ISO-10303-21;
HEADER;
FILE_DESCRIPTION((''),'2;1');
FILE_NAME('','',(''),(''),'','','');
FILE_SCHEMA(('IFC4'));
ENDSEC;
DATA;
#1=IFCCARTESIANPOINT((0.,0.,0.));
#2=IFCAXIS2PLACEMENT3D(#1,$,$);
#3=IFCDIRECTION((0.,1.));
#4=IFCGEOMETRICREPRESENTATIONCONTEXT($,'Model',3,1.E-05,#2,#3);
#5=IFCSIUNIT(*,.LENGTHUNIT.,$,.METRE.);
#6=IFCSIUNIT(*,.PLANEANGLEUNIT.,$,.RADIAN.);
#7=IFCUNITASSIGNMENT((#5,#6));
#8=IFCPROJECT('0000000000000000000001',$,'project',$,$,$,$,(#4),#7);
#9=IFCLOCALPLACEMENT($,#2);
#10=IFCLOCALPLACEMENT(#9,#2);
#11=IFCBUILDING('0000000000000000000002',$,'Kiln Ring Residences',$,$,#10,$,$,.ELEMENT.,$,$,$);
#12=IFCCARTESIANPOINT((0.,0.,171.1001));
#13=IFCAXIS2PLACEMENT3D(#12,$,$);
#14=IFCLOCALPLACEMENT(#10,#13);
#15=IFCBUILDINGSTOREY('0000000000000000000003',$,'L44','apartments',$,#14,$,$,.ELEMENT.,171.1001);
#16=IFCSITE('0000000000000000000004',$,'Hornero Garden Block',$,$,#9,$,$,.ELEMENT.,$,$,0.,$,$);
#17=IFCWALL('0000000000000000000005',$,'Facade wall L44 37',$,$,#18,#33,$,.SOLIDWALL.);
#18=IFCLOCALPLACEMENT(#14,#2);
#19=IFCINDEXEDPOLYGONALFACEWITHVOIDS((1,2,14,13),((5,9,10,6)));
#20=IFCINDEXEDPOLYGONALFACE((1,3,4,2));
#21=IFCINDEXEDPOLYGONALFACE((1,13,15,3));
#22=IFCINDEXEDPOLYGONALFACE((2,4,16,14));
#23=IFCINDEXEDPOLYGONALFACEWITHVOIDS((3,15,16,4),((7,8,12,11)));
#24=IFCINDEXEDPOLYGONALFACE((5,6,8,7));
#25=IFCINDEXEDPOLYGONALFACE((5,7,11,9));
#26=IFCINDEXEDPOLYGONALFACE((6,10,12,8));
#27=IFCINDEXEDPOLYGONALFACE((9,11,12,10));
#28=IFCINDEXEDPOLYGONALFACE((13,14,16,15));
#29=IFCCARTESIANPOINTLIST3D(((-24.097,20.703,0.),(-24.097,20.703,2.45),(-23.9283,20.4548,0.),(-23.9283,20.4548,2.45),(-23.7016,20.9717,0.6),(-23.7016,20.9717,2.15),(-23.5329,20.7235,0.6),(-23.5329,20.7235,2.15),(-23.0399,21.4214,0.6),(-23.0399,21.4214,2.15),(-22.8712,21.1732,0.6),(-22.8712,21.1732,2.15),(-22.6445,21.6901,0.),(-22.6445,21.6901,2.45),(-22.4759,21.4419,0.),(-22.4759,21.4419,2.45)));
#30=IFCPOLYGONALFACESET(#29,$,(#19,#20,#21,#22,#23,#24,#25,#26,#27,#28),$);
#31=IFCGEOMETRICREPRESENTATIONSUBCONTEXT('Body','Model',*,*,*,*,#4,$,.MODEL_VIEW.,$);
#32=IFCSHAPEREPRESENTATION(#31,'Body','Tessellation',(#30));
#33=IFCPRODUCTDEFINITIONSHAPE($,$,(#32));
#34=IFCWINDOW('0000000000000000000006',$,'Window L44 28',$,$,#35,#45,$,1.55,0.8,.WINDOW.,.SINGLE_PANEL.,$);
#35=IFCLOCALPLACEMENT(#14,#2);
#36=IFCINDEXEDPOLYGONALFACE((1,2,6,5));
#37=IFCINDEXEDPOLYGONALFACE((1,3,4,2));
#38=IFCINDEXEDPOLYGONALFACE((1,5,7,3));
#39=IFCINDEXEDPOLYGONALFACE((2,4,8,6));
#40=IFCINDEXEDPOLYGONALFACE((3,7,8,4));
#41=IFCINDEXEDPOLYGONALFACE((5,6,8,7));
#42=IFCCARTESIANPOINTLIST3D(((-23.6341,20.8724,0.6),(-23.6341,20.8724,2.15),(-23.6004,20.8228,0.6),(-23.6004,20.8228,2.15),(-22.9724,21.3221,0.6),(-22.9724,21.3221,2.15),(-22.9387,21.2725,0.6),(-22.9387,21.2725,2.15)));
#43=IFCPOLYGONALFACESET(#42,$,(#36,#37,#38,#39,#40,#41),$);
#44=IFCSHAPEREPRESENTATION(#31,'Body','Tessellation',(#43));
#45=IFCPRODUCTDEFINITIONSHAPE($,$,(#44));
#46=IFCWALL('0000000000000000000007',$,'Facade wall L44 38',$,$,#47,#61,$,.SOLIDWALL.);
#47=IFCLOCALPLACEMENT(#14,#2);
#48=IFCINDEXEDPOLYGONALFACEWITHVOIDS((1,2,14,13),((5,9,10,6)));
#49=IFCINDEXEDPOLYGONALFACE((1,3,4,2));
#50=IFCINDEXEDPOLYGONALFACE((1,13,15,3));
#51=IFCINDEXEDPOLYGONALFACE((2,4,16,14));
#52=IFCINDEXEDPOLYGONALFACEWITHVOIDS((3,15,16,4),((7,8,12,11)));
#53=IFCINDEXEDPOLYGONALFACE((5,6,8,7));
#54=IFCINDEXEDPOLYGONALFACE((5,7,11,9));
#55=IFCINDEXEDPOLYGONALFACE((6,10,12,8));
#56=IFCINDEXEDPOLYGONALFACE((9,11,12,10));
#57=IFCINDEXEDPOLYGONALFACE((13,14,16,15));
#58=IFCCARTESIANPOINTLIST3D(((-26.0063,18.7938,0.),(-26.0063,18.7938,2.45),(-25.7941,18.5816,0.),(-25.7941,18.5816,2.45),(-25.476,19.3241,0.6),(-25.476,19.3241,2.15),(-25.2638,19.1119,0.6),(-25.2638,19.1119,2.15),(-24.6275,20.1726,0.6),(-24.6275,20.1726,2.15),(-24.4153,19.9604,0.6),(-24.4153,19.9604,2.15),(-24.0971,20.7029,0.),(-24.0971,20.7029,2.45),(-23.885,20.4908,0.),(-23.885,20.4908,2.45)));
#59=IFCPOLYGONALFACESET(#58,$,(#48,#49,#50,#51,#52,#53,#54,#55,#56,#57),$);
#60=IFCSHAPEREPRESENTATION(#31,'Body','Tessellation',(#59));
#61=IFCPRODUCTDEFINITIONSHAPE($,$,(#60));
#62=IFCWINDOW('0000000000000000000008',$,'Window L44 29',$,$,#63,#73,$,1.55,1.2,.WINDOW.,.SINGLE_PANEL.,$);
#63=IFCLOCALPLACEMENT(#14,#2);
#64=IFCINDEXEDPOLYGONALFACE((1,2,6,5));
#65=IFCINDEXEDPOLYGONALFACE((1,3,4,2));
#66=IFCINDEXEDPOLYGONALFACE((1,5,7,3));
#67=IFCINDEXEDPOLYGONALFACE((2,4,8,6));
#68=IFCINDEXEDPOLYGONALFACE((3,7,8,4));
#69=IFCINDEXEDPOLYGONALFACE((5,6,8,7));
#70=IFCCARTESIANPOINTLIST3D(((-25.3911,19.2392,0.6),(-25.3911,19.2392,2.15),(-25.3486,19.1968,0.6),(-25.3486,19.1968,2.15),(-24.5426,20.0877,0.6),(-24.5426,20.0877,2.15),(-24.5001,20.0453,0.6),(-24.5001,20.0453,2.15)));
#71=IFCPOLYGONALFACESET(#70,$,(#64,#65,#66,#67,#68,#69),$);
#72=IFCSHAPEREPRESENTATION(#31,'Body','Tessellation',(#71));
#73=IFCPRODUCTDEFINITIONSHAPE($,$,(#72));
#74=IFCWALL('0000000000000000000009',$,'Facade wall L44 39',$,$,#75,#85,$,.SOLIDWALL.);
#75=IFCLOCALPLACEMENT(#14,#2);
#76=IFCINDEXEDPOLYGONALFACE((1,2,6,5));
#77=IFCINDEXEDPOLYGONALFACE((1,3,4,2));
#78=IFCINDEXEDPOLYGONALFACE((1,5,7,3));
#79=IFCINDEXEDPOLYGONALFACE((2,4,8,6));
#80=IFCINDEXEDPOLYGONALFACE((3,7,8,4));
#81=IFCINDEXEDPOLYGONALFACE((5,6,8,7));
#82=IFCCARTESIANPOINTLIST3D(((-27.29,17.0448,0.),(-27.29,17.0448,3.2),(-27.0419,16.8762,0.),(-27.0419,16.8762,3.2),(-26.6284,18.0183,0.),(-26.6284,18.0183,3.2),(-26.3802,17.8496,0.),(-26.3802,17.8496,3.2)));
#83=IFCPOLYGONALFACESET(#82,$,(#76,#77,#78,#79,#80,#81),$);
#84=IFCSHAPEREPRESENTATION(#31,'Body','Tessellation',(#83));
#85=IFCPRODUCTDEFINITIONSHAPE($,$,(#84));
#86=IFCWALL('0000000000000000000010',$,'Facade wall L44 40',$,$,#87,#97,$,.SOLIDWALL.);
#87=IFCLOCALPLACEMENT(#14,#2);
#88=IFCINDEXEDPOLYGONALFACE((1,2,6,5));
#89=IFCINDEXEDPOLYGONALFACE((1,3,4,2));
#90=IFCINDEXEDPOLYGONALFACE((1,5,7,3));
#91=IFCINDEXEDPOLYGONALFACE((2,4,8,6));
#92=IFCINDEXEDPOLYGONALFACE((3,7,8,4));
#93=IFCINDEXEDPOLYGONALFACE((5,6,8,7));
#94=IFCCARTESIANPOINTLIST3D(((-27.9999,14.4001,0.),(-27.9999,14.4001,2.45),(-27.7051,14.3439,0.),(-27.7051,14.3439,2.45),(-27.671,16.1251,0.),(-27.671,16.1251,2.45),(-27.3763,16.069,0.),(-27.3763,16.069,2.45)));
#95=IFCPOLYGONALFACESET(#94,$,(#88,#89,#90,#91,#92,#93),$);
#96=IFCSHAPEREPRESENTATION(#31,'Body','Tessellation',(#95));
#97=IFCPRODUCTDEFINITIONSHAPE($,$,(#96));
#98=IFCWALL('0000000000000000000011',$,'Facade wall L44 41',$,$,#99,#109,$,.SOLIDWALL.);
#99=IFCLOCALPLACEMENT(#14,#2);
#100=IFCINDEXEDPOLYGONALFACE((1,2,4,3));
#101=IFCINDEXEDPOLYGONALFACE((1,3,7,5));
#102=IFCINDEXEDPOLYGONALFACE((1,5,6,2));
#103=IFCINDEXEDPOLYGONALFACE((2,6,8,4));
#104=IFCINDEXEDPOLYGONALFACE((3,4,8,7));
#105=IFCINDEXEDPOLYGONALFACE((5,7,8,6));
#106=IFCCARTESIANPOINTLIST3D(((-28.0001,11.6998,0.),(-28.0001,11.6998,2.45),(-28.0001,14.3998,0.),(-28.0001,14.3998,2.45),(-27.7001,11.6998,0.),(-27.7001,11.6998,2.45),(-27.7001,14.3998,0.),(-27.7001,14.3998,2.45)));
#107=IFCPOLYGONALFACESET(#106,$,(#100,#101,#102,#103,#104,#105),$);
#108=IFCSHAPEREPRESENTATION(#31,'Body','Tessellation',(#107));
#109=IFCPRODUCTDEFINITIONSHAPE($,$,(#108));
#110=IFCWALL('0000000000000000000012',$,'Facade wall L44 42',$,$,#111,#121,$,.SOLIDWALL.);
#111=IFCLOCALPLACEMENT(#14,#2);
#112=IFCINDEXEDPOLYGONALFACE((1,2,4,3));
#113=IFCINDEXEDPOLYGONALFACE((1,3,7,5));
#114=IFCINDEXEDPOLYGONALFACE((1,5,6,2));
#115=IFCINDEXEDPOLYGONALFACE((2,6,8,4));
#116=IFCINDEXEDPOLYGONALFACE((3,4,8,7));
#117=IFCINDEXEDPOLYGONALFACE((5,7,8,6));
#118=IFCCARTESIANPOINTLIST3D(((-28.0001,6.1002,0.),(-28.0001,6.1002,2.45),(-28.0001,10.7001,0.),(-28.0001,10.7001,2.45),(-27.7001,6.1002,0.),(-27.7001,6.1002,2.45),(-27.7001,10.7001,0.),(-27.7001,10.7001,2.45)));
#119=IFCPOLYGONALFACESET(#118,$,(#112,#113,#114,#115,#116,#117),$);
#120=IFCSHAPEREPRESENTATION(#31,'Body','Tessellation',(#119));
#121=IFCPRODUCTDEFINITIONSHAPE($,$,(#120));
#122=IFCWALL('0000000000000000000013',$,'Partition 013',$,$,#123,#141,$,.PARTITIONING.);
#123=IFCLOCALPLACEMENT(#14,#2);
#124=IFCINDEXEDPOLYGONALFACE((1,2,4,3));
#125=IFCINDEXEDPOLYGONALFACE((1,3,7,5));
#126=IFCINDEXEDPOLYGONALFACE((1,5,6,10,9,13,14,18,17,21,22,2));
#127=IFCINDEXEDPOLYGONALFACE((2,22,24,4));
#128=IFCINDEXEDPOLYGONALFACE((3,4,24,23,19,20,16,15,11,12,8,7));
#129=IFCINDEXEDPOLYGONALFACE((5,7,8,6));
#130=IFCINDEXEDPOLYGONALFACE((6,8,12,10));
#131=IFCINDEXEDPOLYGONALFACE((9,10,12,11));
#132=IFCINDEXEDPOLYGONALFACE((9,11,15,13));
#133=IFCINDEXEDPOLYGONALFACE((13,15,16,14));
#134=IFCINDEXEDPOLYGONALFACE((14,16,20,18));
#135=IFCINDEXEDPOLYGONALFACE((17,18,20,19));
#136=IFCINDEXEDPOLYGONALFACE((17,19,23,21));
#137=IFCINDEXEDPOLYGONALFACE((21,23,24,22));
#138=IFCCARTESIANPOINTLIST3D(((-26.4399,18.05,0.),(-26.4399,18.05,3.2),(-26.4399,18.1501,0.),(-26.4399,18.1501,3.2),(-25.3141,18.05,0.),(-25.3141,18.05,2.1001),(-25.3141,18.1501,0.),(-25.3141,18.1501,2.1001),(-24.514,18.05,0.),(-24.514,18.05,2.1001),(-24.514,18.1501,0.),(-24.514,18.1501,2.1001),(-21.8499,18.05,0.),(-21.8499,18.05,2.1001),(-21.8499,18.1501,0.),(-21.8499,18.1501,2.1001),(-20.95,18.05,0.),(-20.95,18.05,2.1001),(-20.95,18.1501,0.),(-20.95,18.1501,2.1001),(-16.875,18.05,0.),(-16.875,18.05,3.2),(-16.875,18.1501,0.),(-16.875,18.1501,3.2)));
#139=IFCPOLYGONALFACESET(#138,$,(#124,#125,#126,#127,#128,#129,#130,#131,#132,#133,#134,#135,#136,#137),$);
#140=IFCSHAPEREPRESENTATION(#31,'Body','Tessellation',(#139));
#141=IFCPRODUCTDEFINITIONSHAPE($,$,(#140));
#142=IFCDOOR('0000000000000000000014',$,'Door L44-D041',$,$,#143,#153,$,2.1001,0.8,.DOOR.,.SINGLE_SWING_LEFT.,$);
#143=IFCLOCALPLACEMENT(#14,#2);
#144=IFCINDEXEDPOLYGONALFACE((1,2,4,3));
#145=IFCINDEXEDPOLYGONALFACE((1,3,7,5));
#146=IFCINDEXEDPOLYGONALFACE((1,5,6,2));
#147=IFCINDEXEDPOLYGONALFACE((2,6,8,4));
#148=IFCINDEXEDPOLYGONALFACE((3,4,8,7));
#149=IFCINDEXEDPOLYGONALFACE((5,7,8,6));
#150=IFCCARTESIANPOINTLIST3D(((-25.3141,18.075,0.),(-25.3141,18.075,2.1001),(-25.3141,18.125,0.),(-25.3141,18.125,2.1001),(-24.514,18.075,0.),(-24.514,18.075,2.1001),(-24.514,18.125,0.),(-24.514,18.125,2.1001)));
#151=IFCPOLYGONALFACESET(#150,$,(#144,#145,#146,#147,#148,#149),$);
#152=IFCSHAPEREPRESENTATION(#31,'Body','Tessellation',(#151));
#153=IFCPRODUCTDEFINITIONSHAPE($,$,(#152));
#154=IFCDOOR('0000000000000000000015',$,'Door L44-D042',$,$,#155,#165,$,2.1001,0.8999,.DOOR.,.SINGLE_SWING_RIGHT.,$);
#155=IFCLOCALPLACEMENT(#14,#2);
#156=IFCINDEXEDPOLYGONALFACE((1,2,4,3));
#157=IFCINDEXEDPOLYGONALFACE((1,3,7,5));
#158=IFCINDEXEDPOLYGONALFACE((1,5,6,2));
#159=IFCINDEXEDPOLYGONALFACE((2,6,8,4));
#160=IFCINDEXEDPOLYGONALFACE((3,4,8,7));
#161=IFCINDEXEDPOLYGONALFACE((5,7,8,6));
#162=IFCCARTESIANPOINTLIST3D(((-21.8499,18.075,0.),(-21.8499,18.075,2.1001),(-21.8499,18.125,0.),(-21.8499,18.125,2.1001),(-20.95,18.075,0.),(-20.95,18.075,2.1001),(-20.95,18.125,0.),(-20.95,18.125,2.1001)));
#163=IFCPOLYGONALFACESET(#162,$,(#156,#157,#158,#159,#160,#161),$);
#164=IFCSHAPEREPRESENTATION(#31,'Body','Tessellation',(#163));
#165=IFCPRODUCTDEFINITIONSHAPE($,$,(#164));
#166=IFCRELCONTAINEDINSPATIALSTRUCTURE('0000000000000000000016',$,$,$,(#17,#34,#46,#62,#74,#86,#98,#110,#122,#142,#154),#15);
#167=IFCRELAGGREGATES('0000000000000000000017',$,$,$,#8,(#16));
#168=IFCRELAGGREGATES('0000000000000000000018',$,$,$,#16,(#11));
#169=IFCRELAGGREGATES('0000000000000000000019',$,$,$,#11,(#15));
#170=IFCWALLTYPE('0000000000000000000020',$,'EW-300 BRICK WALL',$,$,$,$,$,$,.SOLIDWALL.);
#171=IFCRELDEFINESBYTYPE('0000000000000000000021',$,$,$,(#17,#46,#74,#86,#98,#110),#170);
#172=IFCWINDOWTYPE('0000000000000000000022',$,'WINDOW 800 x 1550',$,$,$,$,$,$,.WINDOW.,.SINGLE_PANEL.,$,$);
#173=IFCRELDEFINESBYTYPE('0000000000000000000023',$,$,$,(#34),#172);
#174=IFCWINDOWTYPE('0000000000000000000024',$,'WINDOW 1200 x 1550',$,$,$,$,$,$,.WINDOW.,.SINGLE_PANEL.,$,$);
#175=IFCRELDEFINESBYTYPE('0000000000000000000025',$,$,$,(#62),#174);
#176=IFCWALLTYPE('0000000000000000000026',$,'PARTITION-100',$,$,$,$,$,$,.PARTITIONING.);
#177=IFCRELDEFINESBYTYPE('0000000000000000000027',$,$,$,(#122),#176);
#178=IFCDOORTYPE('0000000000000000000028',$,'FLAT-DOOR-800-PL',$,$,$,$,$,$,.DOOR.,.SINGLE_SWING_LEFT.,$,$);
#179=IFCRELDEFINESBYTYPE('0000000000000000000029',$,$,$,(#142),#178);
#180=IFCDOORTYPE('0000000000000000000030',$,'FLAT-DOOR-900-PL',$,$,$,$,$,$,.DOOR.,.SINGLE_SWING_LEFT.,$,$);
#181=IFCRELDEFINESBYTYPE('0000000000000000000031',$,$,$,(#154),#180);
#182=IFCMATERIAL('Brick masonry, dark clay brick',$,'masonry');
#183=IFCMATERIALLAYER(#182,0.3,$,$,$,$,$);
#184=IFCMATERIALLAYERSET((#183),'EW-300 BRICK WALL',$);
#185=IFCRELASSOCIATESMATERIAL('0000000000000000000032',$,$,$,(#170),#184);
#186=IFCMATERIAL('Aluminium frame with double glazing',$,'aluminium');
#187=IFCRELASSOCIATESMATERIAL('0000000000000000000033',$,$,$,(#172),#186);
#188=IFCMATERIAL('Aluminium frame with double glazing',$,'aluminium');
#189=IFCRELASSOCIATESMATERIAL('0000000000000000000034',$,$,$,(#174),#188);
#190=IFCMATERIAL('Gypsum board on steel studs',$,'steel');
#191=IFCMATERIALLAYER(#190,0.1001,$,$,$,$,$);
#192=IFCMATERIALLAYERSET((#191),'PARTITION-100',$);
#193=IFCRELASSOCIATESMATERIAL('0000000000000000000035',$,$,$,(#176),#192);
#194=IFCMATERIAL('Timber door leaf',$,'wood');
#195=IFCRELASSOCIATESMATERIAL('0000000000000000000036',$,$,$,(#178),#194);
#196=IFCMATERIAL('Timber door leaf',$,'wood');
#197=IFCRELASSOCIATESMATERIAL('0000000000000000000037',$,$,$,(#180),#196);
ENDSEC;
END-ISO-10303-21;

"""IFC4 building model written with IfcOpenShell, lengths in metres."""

from ifc_helpers import new_model, si_unit, direction, frame, frame_2d, origin, place, context, subcontext, project, spatial, rectangle, extrude, material, layer, layer_set, type_object, element, fill, save


model = new_model("IFC4")

# Units and contexts
model_context = context("Model", 3, precision=1e-05, world=origin(), true_north=direction((0.0, 1.0)))
body_context = subcontext(model_context, "Body", "Model", "MODEL_VIEW")
ifc_project = project(units=[si_unit("LENGTHUNIT", "METRE"), si_unit("PLANEANGLEUNIT", "RADIAN")], contexts=[model_context])

# Site, building, storey
site_placement = place(None, origin())
site = spatial("IfcSite", under=ifc_project, at=site_placement, Name="Hornero Garden Block", CompositionType="ELEMENT", RefElevation=0.0)
building_placement = place(site_placement, origin())
building = spatial("IfcBuilding", under=site, at=building_placement, Name="Kiln Ring Residences", CompositionType="ELEMENT")
storey_placement = place(building_placement, frame((0.0, 0.0, 171.1001)))
storey = spatial("IfcBuildingStorey", under=building, at=storey_placement, Name="L44", Description="apartments", CompositionType="ELEMENT", Elevation=171.1001)

# Walls, openings, windows
ifc_material_1 = material(Name="Brick masonry, dark clay brick", Category="masonry")
ifc_layer_1 = layer(ifc_material_1, 0.3)
ifc_layer_set_1 = layer_set([ifc_layer_1], Name="EW-300 BRICK WALL")
wall_type_1 = type_object("IfcWallType", Name="EW-300 BRICK WALL", PredefinedType="SOLIDWALL", material=ifc_layer_set_1)
ifc_material_2 = material(Name="Aluminium frame with double glazing", Category="aluminium")
window_type_1 = type_object("IfcWindowType", Name="WINDOW 800 x 1550", PartitioningType="SINGLE_PANEL", PredefinedType="WINDOW", material=ifc_material_2)
wall_1_placement = place(storey_placement, frame((-22.5603, 21.5659, 0.0), z_axis=(0.0, 0.0, 1.0), x_axis=(-0.827076, -0.562089, 0.0)))
wall_1 = element("IfcWall", 1, at=wall_1_placement, inside=storey, type_object=wall_type_1, Name="Facade wall L44 37", PredefinedType="SOLIDWALL", context=body_context, shape_type="SweptSolid", body=[
    extrude(rectangle(XDim=1.7561, YDim=0.3, at=frame_2d((0.8779, 0.0))), origin(), (0.0, 0.0, 1.0), 2.45),
])
opening_1_placement = place(wall_1_placement, frame((0.478, 0.0, 0.6001)))
opening_1 = element("IfcOpeningElement", 2, at=opening_1_placement, cuts=wall_1, PredefinedType="OPENING", context=body_context, shape_type="SweptSolid", body=[
    extrude(rectangle(XDim=0.8, YDim=1.55, at=frame_2d((0.3999, 0.7749))), frame((0.0, 0.1599, 0.0), z_axis=(0.0, -1.0, 0.0), x_axis=(1.0, 0.0, 0.0)), (0.0, 0.0, 1.0), 0.3201),
])
window_1_placement = place(opening_1_placement, origin())
window_1 = element("IfcWindow", 3, at=window_1_placement, inside=storey, type_object=window_type_1, Name="Window L44 28", OverallHeight=1.55, OverallWidth=0.8, PartitioningType="SINGLE_PANEL", PredefinedType="WINDOW", context=body_context, shape_type="SweptSolid", body=[
    extrude(rectangle(XDim=0.8, YDim=1.55, at=frame_2d((0.3999, 0.7749))), frame((0.0, 0.03, 0.0), z_axis=(0.0, -1.0, 0.0), x_axis=(1.0, 0.0, 0.0)), (0.0, 0.0, 1.0), 0.0601),
])
fill(opening_1, window_1)
wall_2_placement = place(storey_placement, frame((-23.991, 20.5969, 0.0), z_axis=(0.0, 0.0, 1.0), x_axis=(-0.707107, -0.707107, 0.0)))
wall_2 = element("IfcWall", 4, at=wall_2_placement, inside=storey, type_object=wall_type_1, Name="Facade wall L44 38", PredefinedType="SOLIDWALL", context=body_context, shape_type="SweptSolid", body=[
    extrude(rectangle(XDim=2.7, YDim=0.3, at=frame_2d((1.3501, 0.0))), origin(), (0.0, 0.0, 1.0), 2.45),
])
opening_2_placement = place(wall_2_placement, frame((0.75, 0.0, 0.6001)))
opening_2 = element("IfcOpeningElement", 5, at=opening_2_placement, cuts=wall_2, PredefinedType="OPENING", context=body_context, shape_type="SweptSolid", body=[
    extrude(rectangle(XDim=1.2, YDim=1.55, at=frame_2d((0.6001, 0.7749))), frame((0.0, 0.1599, 0.0), z_axis=(0.0, -1.0, 0.0), x_axis=(1.0, 0.0, 0.0)), (0.0, 0.0, 1.0), 0.3201),
])
ifc_material_3 = material(Name="Aluminium frame with double glazing", Category="aluminium")
window_type_2 = type_object("IfcWindowType", Name="WINDOW 1200 x 1550", PartitioningType="SINGLE_PANEL", PredefinedType="WINDOW", material=ifc_material_3)
window_2_placement = place(opening_2_placement, origin())
window_2 = element("IfcWindow", 6, at=window_2_placement, inside=storey, type_object=window_type_2, Name="Window L44 29", OverallHeight=1.55, OverallWidth=1.2, PartitioningType="SINGLE_PANEL", PredefinedType="WINDOW", context=body_context, shape_type="SweptSolid", body=[
    extrude(rectangle(XDim=1.2, YDim=1.55, at=frame_2d((0.6001, 0.7749))), frame((0.0, 0.03, 0.0), z_axis=(0.0, -1.0, 0.0), x_axis=(1.0, 0.0, 0.0)), (0.0, 0.0, 1.0), 0.0601),
])
fill(opening_2, window_2)

# Walls
wall_3_placement = place(storey_placement, frame((-26.5044, 17.9338, 0.0), z_axis=(0.0, 0.0, 1.0), x_axis=(-0.562145, -0.827038, 0.0)))
element("IfcWall", 7, at=wall_3_placement, inside=storey, type_object=wall_type_1, Name="Facade wall L44 39", PredefinedType="SOLIDWALL", context=body_context, shape_type="SweptSolid", body=[
    extrude(rectangle(XDim=1.177, YDim=0.3, at=frame_2d((0.5884, 0.0))), origin(), (0.0, 0.0, 1.0), 3.2),
])
wall_4_placement = place(storey_placement, frame((-27.5237, 16.0969, 0.0), z_axis=(0.0, 0.0, 1.0), x_axis=(-0.187259, -0.982311, 0.0)))
element("IfcWall", 8, at=wall_4_placement, inside=storey, type_object=wall_type_1, Name="Facade wall L44 40", PredefinedType="SOLIDWALL", context=body_context, shape_type="SweptSolid", body=[
    extrude(rectangle(XDim=1.7561, YDim=0.3, at=frame_2d((0.8779, 0.0))), origin(), (0.0, 0.0, 1.0), 2.45),
])
wall_5_placement = place(storey_placement, frame((-27.8501, 14.3999, 0.0), z_axis=(0.0, 0.0, 1.0), x_axis=(0.0, -1.0, 0.0)))
element("IfcWall", 9, at=wall_5_placement, inside=storey, type_object=wall_type_1, Name="Facade wall L44 41", PredefinedType="SOLIDWALL", context=body_context, shape_type="SweptSolid", body=[
    extrude(rectangle(XDim=2.7, YDim=0.3, at=frame_2d((1.3501, 0.0))), origin(), (0.0, 0.0, 1.0), 2.45),
])
wall_6_placement = place(storey_placement, frame((-27.8501, 10.7, 0.0), z_axis=(0.0, 0.0, 1.0), x_axis=(0.0, -1.0, 0.0)))
element("IfcWall", 10, at=wall_6_placement, inside=storey, type_object=wall_type_1, Name="Facade wall L44 42", PredefinedType="SOLIDWALL", context=body_context, shape_type="SweptSolid", body=[
    extrude(rectangle(XDim=4.5999, YDim=0.3, at=frame_2d((2.2998, 0.0))), origin(), (0.0, 0.0, 1.0), 2.45),
])

# Wall, openings, doors
ifc_material_4 = material(Name="Gypsum board on steel studs", Category="steel")
ifc_layer_2 = layer(ifc_material_4, 0.1001)
ifc_layer_set_2 = layer_set([ifc_layer_2], Name="PARTITION-100")
wall_type_2 = type_object("IfcWallType", Name="PARTITION-100", PredefinedType="PARTITIONING", material=ifc_layer_set_2)
wall_7_placement = place(storey_placement, frame((-26.4399, 18.1001, 0.0), z_axis=(0.0, 0.0, 1.0), x_axis=(1.0, 0.0, 0.0)))
wall_7 = element("IfcWall", 11, at=wall_7_placement, inside=storey, type_object=wall_type_2, Name="Partition 013", PredefinedType="PARTITIONING", context=body_context, shape_type="SweptSolid", body=[
    extrude(rectangle(XDim=9.5649, YDim=0.1001, at=frame_2d((4.7825, 0.0))), origin(), (0.0, 0.0, 1.0), 3.2),
])
opening_3_placement = place(wall_7_placement, frame((1.126, 0.0, 0.0)))
opening_3 = element("IfcOpeningElement", 12, at=opening_3_placement, cuts=wall_7, PredefinedType="OPENING", context=body_context, shape_type="SweptSolid", body=[
    extrude(rectangle(XDim=0.8, YDim=2.1001, at=frame_2d((0.3999, 1.05))), frame((0.0, 0.0601, 0.0), z_axis=(0.0, -1.0, 0.0), x_axis=(1.0, 0.0, 0.0)), (0.0, 0.0, 1.0), 0.1201),
])
opening_4_placement = place(wall_7_placement, frame((4.5901, 0.0, 0.0)))
opening_4 = element("IfcOpeningElement", 13, at=opening_4_placement, cuts=wall_7, PredefinedType="OPENING", context=body_context, shape_type="SweptSolid", body=[
    extrude(rectangle(XDim=0.8999, YDim=2.1001, at=frame_2d((0.45, 1.05))), frame((0.0, 0.0601, 0.0), z_axis=(0.0, -1.0, 0.0), x_axis=(1.0, 0.0, 0.0)), (0.0, 0.0, 1.0), 0.1201),
])
ifc_material_5 = material(Name="Timber door leaf", Category="wood")
door_type_1 = type_object("IfcDoorType", Name="FLAT-DOOR-800-PL", OperationType="SINGLE_SWING_LEFT", PredefinedType="DOOR", material=ifc_material_5)
door_1_placement = place(opening_3_placement, origin())
door_1 = element("IfcDoor", 14, at=door_1_placement, inside=storey, type_object=door_type_1, Name="Door L44-D041", OperationType="SINGLE_SWING_LEFT", OverallHeight=2.1001, OverallWidth=0.8, PredefinedType="DOOR", context=body_context, shape_type="SweptSolid", body=[
    extrude(rectangle(XDim=0.8, YDim=2.1001, at=frame_2d((0.3999, 1.05))), frame((0.0, 0.0249, 0.0), z_axis=(0.0, -1.0, 0.0), x_axis=(1.0, 0.0, 0.0)), (0.0, 0.0, 1.0), 0.05),
])
fill(opening_3, door_1)
ifc_material_6 = material(Name="Timber door leaf", Category="wood")
door_type_2 = type_object("IfcDoorType", Name="FLAT-DOOR-900-PL", OperationType="SINGLE_SWING_LEFT", PredefinedType="DOOR", material=ifc_material_6)
door_2_placement = place(opening_4_placement, origin())
door_2 = element("IfcDoor", 15, at=door_2_placement, inside=storey, type_object=door_type_2, Name="Door L44-D042", OperationType="SINGLE_SWING_RIGHT", OverallHeight=2.1001, OverallWidth=0.8999, PredefinedType="DOOR", context=body_context, shape_type="SweptSolid", body=[
    extrude(rectangle(XDim=0.8999, YDim=2.1001, at=frame_2d((0.45, 1.05))), frame((0.0, 0.0249, 0.0), z_axis=(0.0, -1.0, 0.0), x_axis=(1.0, 0.0, 0.0)), (0.0, 0.0, 1.0), 0.05),
])
fill(opening_4, door_2)

save(model, "model.ifc")
